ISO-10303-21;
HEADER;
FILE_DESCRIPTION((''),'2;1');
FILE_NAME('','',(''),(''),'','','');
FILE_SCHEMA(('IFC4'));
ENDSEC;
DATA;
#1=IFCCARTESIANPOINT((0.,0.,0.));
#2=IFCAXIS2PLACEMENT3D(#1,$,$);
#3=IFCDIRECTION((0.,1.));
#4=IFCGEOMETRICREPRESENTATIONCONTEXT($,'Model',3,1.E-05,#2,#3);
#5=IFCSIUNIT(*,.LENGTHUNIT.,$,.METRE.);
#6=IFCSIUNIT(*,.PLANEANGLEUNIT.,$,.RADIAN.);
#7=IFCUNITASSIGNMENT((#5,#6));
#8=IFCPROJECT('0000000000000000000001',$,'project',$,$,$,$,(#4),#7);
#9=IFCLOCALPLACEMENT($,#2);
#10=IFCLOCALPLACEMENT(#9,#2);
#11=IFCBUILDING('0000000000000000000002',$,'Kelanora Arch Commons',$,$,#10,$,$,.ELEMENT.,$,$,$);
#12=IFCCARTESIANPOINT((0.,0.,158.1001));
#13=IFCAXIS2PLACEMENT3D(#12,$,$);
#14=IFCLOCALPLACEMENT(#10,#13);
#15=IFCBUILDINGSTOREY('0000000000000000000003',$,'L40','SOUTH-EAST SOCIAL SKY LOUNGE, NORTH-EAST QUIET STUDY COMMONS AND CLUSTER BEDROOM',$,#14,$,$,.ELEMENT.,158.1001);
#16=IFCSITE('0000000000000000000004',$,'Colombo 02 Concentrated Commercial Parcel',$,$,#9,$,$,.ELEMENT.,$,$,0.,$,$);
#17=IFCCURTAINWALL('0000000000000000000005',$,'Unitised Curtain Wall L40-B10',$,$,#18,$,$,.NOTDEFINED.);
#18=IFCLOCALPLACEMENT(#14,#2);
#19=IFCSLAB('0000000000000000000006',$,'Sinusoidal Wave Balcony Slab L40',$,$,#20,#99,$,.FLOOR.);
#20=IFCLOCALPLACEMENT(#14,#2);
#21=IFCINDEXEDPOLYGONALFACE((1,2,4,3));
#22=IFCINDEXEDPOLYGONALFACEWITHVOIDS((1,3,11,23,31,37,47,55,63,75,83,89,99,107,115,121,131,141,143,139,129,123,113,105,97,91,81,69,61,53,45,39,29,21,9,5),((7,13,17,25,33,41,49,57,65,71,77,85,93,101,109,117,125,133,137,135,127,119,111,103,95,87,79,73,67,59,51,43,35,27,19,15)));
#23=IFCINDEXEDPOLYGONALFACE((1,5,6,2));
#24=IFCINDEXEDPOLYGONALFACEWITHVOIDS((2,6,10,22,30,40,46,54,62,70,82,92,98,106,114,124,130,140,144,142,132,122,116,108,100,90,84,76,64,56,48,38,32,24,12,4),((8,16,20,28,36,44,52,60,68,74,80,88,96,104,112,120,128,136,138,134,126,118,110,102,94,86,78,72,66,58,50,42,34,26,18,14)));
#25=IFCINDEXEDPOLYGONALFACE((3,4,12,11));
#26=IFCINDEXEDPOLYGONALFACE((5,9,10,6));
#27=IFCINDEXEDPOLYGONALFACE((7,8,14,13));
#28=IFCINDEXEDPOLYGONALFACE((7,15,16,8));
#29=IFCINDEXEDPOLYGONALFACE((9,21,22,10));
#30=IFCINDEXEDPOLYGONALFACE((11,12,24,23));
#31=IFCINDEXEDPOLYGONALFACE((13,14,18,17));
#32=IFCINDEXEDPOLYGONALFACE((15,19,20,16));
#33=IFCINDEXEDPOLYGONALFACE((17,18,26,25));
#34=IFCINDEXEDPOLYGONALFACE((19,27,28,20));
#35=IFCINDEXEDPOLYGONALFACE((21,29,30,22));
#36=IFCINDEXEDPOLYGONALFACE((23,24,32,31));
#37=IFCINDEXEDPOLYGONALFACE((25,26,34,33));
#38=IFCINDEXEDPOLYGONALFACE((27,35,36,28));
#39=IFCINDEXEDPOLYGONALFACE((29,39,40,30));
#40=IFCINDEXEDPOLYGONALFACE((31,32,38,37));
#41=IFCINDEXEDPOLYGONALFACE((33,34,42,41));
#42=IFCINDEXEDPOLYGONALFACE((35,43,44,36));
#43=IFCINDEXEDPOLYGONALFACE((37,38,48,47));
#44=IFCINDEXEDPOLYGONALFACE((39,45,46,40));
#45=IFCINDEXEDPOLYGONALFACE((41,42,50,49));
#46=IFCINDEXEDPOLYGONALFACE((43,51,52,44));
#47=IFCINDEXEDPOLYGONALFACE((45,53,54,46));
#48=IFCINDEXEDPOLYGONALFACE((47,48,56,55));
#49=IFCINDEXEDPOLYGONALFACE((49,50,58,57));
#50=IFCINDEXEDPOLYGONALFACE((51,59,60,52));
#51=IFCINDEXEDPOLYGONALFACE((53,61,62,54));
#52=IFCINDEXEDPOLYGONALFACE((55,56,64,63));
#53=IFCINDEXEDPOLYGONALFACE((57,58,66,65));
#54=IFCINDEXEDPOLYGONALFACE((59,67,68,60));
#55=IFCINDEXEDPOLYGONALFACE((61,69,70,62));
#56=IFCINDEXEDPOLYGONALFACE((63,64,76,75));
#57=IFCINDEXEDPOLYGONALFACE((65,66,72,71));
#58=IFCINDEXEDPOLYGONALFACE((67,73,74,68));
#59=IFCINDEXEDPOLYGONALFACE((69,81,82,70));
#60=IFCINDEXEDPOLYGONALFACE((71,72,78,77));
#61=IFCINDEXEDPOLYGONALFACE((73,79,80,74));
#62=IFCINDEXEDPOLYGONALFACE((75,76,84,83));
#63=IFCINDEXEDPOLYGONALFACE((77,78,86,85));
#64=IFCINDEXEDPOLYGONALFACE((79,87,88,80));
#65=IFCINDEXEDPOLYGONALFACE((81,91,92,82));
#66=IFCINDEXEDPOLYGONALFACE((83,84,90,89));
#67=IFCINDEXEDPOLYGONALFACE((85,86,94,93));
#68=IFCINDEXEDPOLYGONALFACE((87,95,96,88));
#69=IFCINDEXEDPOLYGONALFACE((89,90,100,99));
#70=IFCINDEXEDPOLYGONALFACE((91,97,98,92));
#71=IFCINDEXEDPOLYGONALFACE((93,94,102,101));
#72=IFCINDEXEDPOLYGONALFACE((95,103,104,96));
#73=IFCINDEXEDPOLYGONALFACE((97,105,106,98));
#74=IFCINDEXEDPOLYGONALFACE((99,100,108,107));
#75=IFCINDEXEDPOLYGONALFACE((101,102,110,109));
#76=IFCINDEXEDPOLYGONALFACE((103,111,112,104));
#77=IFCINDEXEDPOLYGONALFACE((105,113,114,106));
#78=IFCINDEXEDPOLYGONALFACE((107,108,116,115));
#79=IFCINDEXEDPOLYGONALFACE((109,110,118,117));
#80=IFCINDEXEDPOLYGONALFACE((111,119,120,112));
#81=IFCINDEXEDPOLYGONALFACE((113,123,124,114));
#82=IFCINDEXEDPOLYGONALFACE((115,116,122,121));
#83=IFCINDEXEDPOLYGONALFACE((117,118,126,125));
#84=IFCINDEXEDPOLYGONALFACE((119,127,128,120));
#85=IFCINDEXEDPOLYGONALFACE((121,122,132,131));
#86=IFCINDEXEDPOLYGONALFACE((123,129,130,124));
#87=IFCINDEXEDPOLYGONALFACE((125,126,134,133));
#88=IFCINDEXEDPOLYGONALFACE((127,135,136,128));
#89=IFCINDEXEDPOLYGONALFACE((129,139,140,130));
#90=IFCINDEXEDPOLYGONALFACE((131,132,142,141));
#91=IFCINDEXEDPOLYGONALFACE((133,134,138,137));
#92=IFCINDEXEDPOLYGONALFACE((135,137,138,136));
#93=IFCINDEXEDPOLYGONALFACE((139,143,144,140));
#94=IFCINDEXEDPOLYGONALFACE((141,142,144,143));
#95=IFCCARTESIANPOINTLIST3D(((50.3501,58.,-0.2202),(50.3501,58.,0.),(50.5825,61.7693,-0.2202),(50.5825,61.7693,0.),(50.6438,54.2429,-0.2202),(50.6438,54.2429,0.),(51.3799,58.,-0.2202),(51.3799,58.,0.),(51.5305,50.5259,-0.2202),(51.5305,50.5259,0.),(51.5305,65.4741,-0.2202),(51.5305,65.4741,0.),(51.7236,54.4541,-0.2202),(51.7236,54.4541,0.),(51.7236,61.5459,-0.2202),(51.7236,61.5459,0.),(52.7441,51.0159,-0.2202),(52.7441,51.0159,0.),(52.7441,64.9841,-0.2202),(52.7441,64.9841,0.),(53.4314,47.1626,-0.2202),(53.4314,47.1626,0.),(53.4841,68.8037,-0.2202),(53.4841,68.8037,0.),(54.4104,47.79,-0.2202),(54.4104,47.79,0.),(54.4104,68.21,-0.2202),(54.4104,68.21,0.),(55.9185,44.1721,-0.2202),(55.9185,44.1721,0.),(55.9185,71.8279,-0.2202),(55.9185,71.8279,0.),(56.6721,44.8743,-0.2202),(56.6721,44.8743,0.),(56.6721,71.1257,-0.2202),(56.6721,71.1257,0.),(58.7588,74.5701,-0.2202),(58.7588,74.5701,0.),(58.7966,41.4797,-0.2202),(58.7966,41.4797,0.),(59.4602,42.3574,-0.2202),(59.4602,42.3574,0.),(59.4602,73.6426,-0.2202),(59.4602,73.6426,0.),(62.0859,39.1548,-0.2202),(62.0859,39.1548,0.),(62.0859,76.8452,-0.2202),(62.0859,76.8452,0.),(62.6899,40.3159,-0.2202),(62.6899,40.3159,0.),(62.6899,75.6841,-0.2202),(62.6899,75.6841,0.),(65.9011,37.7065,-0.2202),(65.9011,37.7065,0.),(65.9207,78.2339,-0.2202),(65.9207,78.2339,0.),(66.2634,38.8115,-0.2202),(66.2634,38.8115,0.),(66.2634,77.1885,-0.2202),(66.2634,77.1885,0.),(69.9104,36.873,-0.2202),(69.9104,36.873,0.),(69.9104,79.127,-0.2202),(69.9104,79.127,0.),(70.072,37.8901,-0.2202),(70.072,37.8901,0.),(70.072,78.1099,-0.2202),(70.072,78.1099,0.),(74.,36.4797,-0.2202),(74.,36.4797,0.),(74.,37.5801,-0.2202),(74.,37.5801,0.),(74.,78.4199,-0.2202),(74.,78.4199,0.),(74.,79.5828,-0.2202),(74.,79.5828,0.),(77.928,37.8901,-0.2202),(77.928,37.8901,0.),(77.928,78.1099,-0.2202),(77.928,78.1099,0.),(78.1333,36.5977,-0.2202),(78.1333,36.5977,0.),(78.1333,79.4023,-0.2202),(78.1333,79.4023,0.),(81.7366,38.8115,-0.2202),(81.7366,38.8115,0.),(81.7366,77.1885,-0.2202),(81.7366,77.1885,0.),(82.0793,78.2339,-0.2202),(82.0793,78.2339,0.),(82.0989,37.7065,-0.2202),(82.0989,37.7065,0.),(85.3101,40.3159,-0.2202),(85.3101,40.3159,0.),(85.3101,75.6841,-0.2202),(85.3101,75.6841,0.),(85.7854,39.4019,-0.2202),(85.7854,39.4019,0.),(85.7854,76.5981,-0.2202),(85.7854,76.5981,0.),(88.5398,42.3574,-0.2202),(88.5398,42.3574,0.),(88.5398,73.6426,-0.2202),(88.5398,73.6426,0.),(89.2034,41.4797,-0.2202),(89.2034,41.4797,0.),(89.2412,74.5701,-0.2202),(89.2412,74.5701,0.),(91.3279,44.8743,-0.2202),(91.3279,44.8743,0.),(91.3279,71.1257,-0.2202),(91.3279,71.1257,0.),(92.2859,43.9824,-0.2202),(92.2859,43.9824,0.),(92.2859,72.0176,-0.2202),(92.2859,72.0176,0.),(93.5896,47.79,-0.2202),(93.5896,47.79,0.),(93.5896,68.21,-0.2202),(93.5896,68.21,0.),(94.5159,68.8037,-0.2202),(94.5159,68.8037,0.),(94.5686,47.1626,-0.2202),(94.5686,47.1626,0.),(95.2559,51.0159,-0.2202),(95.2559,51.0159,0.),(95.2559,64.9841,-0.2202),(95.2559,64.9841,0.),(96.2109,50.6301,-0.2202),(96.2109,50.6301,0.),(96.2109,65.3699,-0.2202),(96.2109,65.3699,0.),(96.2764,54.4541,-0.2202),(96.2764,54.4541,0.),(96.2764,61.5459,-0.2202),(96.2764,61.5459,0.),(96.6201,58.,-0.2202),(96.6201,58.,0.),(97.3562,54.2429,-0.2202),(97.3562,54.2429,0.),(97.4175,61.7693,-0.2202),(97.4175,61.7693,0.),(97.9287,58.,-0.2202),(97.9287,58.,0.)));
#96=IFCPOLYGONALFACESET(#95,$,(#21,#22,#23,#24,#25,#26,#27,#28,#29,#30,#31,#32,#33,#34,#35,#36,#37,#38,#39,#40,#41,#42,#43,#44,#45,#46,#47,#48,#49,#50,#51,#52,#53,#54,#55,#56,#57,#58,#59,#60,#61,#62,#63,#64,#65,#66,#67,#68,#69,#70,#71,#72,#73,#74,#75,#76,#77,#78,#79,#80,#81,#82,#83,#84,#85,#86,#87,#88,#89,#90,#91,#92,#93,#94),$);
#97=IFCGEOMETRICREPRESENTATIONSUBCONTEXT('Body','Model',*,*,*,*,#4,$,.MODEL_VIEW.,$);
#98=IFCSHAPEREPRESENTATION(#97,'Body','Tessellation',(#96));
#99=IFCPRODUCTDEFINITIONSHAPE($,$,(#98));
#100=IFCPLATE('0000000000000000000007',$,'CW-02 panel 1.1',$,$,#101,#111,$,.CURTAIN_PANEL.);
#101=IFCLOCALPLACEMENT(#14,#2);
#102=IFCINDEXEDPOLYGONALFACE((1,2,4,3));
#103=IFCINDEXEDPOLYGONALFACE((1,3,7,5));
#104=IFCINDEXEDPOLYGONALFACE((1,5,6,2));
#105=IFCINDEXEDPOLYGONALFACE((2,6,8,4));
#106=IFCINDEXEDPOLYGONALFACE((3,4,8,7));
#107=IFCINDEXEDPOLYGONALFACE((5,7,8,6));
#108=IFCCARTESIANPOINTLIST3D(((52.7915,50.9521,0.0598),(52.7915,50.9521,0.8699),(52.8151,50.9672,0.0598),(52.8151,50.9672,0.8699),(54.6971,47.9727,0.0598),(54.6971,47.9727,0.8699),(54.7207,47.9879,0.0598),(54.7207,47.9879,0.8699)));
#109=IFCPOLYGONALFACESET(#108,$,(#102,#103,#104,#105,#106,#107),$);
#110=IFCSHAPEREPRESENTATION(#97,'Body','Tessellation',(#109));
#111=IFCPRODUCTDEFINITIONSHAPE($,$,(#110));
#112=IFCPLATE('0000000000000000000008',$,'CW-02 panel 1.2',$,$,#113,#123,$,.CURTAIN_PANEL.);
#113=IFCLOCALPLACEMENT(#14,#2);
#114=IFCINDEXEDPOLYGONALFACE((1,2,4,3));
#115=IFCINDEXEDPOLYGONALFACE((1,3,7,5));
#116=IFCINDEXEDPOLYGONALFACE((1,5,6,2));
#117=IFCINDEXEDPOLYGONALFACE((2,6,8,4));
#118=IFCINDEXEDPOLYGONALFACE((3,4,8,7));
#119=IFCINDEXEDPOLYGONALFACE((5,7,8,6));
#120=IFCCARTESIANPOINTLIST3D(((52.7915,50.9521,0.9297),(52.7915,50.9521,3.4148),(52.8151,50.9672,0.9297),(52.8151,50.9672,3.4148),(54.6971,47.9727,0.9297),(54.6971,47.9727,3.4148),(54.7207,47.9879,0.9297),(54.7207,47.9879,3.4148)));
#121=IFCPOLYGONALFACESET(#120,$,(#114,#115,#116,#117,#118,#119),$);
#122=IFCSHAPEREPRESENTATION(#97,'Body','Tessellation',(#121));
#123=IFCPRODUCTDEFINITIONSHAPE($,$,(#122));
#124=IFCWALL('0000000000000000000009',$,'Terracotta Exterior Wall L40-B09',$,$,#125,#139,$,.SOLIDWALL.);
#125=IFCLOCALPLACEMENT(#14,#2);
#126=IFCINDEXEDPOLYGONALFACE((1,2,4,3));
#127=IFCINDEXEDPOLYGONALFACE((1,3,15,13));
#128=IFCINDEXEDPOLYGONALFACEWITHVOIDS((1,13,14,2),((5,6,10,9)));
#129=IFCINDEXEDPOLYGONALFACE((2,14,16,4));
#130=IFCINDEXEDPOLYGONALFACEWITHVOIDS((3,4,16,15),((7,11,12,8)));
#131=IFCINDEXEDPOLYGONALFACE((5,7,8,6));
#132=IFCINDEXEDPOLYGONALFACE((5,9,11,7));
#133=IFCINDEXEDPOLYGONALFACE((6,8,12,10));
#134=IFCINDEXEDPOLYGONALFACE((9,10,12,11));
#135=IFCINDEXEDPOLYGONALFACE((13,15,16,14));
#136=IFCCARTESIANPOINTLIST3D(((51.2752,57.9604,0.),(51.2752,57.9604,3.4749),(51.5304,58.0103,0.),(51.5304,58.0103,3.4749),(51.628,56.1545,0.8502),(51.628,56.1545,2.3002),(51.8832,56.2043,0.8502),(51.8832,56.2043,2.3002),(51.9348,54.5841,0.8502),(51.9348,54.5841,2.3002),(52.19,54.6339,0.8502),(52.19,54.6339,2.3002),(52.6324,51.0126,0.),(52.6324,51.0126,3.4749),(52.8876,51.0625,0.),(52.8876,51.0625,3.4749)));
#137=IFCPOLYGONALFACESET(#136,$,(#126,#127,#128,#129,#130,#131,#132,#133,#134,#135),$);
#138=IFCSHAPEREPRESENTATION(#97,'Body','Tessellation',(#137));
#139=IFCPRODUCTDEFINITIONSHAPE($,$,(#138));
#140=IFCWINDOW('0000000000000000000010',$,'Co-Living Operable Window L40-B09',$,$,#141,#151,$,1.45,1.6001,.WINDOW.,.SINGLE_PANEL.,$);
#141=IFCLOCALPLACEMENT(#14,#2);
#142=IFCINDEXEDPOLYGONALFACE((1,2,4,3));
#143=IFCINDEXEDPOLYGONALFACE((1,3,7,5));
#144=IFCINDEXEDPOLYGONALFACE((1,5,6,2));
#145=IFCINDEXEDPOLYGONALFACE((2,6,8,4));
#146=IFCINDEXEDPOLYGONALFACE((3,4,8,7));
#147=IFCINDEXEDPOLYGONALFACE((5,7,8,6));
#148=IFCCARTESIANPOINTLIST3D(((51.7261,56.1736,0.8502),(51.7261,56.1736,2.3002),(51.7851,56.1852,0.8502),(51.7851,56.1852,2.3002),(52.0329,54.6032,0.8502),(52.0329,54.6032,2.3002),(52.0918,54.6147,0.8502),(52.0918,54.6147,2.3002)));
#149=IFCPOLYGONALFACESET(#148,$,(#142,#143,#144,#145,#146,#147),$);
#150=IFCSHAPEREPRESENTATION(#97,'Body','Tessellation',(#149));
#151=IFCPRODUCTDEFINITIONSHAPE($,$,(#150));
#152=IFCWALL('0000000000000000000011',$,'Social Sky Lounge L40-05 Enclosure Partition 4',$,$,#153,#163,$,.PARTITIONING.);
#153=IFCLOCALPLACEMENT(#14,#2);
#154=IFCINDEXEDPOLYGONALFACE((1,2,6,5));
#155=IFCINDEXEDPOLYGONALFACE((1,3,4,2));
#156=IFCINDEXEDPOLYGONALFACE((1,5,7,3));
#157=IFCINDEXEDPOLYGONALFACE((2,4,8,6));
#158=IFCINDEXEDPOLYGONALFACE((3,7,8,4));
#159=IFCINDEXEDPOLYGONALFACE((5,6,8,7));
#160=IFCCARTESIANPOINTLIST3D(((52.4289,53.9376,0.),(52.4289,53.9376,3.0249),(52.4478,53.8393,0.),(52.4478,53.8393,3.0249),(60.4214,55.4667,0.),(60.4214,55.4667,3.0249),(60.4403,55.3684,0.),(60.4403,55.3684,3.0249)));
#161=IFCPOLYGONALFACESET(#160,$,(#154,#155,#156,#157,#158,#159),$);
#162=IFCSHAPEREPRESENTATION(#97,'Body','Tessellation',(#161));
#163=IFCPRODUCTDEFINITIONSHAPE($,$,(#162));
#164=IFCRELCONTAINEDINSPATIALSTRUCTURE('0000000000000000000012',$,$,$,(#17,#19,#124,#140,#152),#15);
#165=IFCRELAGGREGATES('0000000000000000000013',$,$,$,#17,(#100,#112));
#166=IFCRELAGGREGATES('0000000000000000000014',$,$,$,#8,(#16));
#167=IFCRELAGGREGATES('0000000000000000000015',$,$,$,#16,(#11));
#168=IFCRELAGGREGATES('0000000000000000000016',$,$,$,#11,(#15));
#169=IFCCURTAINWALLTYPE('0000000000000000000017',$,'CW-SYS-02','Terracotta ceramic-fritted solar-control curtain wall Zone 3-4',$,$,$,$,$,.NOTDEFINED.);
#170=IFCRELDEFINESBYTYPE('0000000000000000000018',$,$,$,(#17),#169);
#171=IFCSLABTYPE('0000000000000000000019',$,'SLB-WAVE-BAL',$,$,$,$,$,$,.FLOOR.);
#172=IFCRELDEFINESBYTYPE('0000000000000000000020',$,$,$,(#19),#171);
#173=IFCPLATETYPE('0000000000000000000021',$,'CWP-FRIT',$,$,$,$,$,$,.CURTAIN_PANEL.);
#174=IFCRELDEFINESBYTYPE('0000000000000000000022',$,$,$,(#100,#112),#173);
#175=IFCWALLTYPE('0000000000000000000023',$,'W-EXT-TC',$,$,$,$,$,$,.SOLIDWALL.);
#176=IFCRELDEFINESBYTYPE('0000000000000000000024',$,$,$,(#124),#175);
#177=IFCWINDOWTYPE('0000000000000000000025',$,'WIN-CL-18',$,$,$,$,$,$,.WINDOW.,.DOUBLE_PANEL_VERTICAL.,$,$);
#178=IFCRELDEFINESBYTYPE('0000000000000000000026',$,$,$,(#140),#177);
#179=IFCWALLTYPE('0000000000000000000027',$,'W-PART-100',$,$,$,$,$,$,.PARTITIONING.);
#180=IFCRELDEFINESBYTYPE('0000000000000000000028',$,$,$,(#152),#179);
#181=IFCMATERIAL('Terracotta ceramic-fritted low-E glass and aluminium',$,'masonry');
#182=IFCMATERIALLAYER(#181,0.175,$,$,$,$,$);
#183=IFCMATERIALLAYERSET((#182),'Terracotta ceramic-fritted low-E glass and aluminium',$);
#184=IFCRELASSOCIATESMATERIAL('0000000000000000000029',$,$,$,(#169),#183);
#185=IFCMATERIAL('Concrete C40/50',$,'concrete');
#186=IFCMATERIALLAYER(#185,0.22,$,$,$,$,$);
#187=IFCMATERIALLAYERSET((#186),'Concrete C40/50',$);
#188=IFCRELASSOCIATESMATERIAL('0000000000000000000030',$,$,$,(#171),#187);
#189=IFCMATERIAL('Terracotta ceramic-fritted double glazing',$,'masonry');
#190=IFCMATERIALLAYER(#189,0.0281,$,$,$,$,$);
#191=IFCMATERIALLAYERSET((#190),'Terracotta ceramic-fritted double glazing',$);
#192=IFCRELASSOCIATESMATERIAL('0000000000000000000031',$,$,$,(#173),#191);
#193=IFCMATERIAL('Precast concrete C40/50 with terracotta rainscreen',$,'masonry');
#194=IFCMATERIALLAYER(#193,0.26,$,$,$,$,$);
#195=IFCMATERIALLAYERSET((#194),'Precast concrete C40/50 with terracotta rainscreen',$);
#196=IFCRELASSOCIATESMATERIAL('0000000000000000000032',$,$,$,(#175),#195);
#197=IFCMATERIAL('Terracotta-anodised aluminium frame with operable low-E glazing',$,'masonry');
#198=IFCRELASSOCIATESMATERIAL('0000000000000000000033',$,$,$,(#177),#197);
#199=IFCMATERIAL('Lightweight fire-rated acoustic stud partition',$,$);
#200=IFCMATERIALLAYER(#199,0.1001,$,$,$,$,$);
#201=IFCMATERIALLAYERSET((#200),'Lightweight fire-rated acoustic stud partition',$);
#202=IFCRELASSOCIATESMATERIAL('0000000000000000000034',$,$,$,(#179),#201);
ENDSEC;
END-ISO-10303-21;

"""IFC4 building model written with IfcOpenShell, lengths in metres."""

from ifc_helpers import new_model, si_unit, direction, frame, frame_2d, origin, origin_2d, place, context, subcontext, project, spatial, polyline, rectangle, outline, extrude, source, transform, mapped, material, layer, layer_set, type_object, element, fill, aggregate, save


model = new_model("IFC4")

# Units and contexts
model_context = context("Model", 3, precision=1e-05, world=origin(), true_north=direction((0.0, 1.0)))
body_context = subcontext(model_context, "Body", "Model", "MODEL_VIEW")
ifc_project = project(units=[si_unit("LENGTHUNIT", "METRE"), si_unit("PLANEANGLEUNIT", "RADIAN")], contexts=[model_context])

# Site, building, storey
site_placement = place(None, origin())
site = spatial("IfcSite", under=ifc_project, at=site_placement, Name="Colombo 02 Concentrated Commercial Parcel", CompositionType="ELEMENT", RefElevation=0.0)
building_placement = place(site_placement, origin())
building = spatial("IfcBuilding", under=site, at=building_placement, Name="Kelanora Arch Commons", CompositionType="ELEMENT")
storey_placement = place(building_placement, frame((0.0, 0.0, 158.1001)))
storey = spatial("IfcBuildingStorey", under=building, at=storey_placement, Name="L40", Description="SOUTH-EAST SOCIAL SKY LOUNGE, NORTH-EAST QUIET STUDY COMMONS AND CLUSTER BEDROOM", CompositionType="ELEMENT", Elevation=158.1001)

# Shared definitions
ifc_material_1 = material(Name="Terracotta ceramic-fritted low-E glass and aluminium", Category="masonry")
ifc_layer_1 = layer(ifc_material_1, 0.175)
ifc_layer_set_1 = layer_set([ifc_layer_1], Name="Terracotta ceramic-fritted low-E glass and aluminium")
curtain_wall_type = type_object("IfcCurtainWallType", Name="CW-SYS-02", Description="Terracotta ceramic-fritted solar-control curtain wall Zone 3-4", PredefinedType="NOTDEFINED", material=ifc_layer_set_1)

# Curtain wall
curtain_wall_1_placement = place(storey_placement, origin())
curtain_wall_1 = element("IfcCurtainWall", 1, at=curtain_wall_1_placement, inside=storey, type_object=curtain_wall_type, Name="Unitised Curtain Wall L40-B10", PredefinedType="NOTDEFINED")

# Shared definitions
ifc_material_2 = material(Name="Concrete C40/50", Category="concrete")

# Slab
ifc_layer_2 = layer(ifc_material_2, 0.22)
ifc_layer_set_2 = layer_set([ifc_layer_2], Name="Concrete C40/50")
slab_type_1 = type_object("IfcSlabType", Name="SLB-WAVE-BAL", PredefinedType="FLOOR", material=ifc_layer_set_2)
slab_1_placement = place(storey_placement, frame((0.0, 0.0, -0.2202)))
element("IfcSlab", 2, at=slab_1_placement, inside=storey, type_object=slab_type_1, Name="Sinusoidal Wave Balcony Slab L40", PredefinedType="FLOOR", context=body_context, shape_type="SweptSolid", body=[
    extrude(outline(polyline([(97.9287, 58.0), (97.4175, 61.7693), (96.2109, 65.3699), (94.5159, 68.8037), (92.2859, 72.0176), (89.2412, 74.5701), (85.7854, 76.5981), (82.0793, 78.2339), (78.1333, 79.4023), (74.0, 79.5828), (69.9104, 79.127), (65.9207, 78.2339), (62.0859, 76.8452), (58.7588, 74.5701), (55.9185, 71.8279), (53.4841, 68.8037), (51.5305, 65.4741), (50.5825, 61.7693), (50.3501, 58.0), (50.6438, 54.2429), (51.5305, 50.5259), (53.4314, 47.1626), (55.9185, 44.1721), (58.7966, 41.4797), (62.0859, 39.1548), (65.9011, 37.7065), (69.9104, 36.873), (74.0, 36.4797), (78.1333, 36.5977), (82.0989, 37.7065), (85.7854, 39.4019), (89.2034, 41.4797), (92.2859, 43.9824), (94.5686, 47.1626), (96.2109, 50.6301), (97.3562, 54.2429), (97.9287, 58.0)]), holes=[polyline([(96.2764, 54.4541), (95.2559, 51.0159), (93.5896, 47.79), (91.3279, 44.8743), (88.5398, 42.3574), (85.3101, 40.3159), (81.7366, 38.8115), (77.928, 37.8901), (74.0, 37.5801), (70.072, 37.8901), (66.2634, 38.8115), (62.6899, 40.3159), (59.4602, 42.3574), (56.6721, 44.8743), (54.4104, 47.79), (52.7441, 51.0159), (51.7236, 54.4541), (51.3799, 58.0), (51.7236, 61.5459), (52.7441, 64.9841), (54.4104, 68.21), (56.6721, 71.1257), (59.4602, 73.6426), (62.6899, 75.6841), (66.2634, 77.1885), (70.072, 78.1099), (74.0, 78.4199), (77.928, 78.1099), (81.7366, 77.1885), (85.3101, 75.6841), (88.5398, 73.6426), (91.3279, 71.1257), (93.5896, 68.21), (95.2559, 64.9841), (96.2764, 61.5459), (96.6201, 58.0), (96.2764, 54.4541)])]), origin(), (0.0, 0.0, 1.0), 0.2202),
])

# Plates
ifc_material_3 = material(Name="Terracotta ceramic-fritted double glazing", Category="masonry")
ifc_layer_3 = layer(ifc_material_3, 0.0281)
ifc_layer_set_3 = layer_set([ifc_layer_3], Name="Terracotta ceramic-fritted double glazing")
plate_type = type_object("IfcPlateType", Name="CWP-FRIT", PredefinedType="CURTAIN_PANEL", material=ifc_layer_set_3)
shared_shape_1 = source(origin(), body_context, "Body", "SweptSolid", [
    extrude(rectangle(XDim=3.5366, YDim=0.0281, at=origin_2d()), origin(), (0.0, 0.0, 1.0), 0.8101),
])
plate_1_placement = place(storey_placement, frame((53.7561, 49.47, 0.0598), z_axis=(0.0, 0.0, 1.0), x_axis=(0.538817, -0.842423, 0.0)))
plate_1 = element("IfcPlate", 3, at=plate_1_placement, type_object=plate_type, Name="CW-02 panel 1.1", PredefinedType="CURTAIN_PANEL", context=body_context, shape_type="MappedRepresentation", body=[
    mapped(shared_shape_1, transform((0.0, 0.0, 0.0), scale=1.0)),
])
shared_shape_2 = source(origin(), body_context, "Body", "SweptSolid", [
    extrude(rectangle(XDim=3.5366, YDim=0.0281, at=origin_2d()), origin(), (0.0, 0.0, 1.0), 2.4851),
])
plate_2_placement = place(storey_placement, frame((53.7561, 49.47, 0.9297), z_axis=(0.0, 0.0, 1.0), x_axis=(0.538817, -0.842423, 0.0)))
plate_2 = element("IfcPlate", 4, at=plate_2_placement, type_object=plate_type, Name="CW-02 panel 1.2", PredefinedType="CURTAIN_PANEL", context=body_context, shape_type="MappedRepresentation", body=[
    mapped(shared_shape_2, transform((0.0, 0.0, 0.0), scale=1.0)),
])
aggregate(curtain_wall_1, [plate_1, plate_2])

# Wall, opening, window
ifc_material_4 = material(Name="Precast concrete C40/50 with terracotta rainscreen", Category="masonry")
ifc_layer_4 = layer(ifc_material_4, 0.26)
ifc_layer_set_4 = layer_set([ifc_layer_4], Name="Precast concrete C40/50 with terracotta rainscreen")
wall_type_1 = type_object("IfcWallType", Name="W-EXT-TC", PredefinedType="SOLIDWALL", material=ifc_layer_set_4)
wall_1_placement = place(storey_placement, frame((51.4028, 57.9854, 0.0), z_axis=(0.0, 0.0, 1.0), x_axis=(0.191717, -0.98145, 0.0)))
wall_1 = element("IfcWall", 5, at=wall_1_placement, inside=storey, type_object=wall_type_1, Name="Terracotta Exterior Wall L40-B09", PredefinedType="SOLIDWALL", context=body_context, shape_type="SweptSolid", body=[
    extrude(rectangle(XDim=7.0791, YDim=0.26, at=frame_2d((3.5396, 0.0))), origin(), (0.0, 0.0, 1.0), 3.4749),
])
opening_placement = place(wall_1_placement, frame((1.8401, 0.0, 0.8501)))
opening = element("IfcOpeningElement", 6, at=opening_placement, cuts=wall_1, PredefinedType="OPENING", context=body_context, shape_type="SweptSolid", body=[
    extrude(rectangle(XDim=1.6001, YDim=1.45, at=frame_2d((0.8, 0.7251))), frame((0.0, 0.1401, 0.0), z_axis=(0.0, -1.0, 0.0), x_axis=(1.0, 0.0, 0.0)), (0.0, 0.0, 1.0), 0.28),
])
ifc_material_5 = material(Name="Terracotta-anodised aluminium frame with operable low-E glazing", Category="masonry")
window_type = type_object("IfcWindowType", Name="WIN-CL-18", PartitioningType="DOUBLE_PANEL_VERTICAL", PredefinedType="WINDOW", material=ifc_material_5)
window_placement = place(opening_placement, origin())
window = element("IfcWindow", 7, at=window_placement, inside=storey, type_object=window_type, Name="Co-Living Operable Window L40-B09", OverallHeight=1.45, OverallWidth=1.6001, PartitioningType="SINGLE_PANEL", PredefinedType="WINDOW", context=body_context, shape_type="SweptSolid", body=[
    extrude(rectangle(XDim=1.6001, YDim=1.45, at=frame_2d((0.8, 0.7251))), frame((0.0, 0.03, 0.0), z_axis=(0.0, -1.0, 0.0), x_axis=(1.0, 0.0, 0.0)), (0.0, 0.0, 1.0), 0.0601),
])
fill(opening, window)

# Wall
ifc_material_6 = material(Name="Lightweight fire-rated acoustic stud partition")
ifc_layer_5 = layer(ifc_material_6, 0.1001)
ifc_layer_set_5 = layer_set([ifc_layer_5], Name="Lightweight fire-rated acoustic stud partition")
wall_type_2 = type_object("IfcWallType", Name="W-PART-100", PredefinedType="PARTITIONING", material=ifc_layer_set_5)
wall_2_placement = place(storey_placement, frame((52.4382, 53.8884, 0.0), z_axis=(0.0, 0.0, 1.0), x_axis=(0.982187, 0.187905, 0.0)))
element("IfcWall", 8, at=wall_2_placement, inside=storey, type_object=wall_type_2, Name="Social Sky Lounge L40-05 Enclosure Partition 4", PredefinedType="PARTITIONING", context=body_context, shape_type="SweptSolid", body=[
    extrude(rectangle(XDim=8.1375, YDim=0.1001, at=frame_2d((4.0688, 0.0))), origin(), (0.0, 0.0, 1.0), 3.0249),
])

save(model, "model.ifc")
